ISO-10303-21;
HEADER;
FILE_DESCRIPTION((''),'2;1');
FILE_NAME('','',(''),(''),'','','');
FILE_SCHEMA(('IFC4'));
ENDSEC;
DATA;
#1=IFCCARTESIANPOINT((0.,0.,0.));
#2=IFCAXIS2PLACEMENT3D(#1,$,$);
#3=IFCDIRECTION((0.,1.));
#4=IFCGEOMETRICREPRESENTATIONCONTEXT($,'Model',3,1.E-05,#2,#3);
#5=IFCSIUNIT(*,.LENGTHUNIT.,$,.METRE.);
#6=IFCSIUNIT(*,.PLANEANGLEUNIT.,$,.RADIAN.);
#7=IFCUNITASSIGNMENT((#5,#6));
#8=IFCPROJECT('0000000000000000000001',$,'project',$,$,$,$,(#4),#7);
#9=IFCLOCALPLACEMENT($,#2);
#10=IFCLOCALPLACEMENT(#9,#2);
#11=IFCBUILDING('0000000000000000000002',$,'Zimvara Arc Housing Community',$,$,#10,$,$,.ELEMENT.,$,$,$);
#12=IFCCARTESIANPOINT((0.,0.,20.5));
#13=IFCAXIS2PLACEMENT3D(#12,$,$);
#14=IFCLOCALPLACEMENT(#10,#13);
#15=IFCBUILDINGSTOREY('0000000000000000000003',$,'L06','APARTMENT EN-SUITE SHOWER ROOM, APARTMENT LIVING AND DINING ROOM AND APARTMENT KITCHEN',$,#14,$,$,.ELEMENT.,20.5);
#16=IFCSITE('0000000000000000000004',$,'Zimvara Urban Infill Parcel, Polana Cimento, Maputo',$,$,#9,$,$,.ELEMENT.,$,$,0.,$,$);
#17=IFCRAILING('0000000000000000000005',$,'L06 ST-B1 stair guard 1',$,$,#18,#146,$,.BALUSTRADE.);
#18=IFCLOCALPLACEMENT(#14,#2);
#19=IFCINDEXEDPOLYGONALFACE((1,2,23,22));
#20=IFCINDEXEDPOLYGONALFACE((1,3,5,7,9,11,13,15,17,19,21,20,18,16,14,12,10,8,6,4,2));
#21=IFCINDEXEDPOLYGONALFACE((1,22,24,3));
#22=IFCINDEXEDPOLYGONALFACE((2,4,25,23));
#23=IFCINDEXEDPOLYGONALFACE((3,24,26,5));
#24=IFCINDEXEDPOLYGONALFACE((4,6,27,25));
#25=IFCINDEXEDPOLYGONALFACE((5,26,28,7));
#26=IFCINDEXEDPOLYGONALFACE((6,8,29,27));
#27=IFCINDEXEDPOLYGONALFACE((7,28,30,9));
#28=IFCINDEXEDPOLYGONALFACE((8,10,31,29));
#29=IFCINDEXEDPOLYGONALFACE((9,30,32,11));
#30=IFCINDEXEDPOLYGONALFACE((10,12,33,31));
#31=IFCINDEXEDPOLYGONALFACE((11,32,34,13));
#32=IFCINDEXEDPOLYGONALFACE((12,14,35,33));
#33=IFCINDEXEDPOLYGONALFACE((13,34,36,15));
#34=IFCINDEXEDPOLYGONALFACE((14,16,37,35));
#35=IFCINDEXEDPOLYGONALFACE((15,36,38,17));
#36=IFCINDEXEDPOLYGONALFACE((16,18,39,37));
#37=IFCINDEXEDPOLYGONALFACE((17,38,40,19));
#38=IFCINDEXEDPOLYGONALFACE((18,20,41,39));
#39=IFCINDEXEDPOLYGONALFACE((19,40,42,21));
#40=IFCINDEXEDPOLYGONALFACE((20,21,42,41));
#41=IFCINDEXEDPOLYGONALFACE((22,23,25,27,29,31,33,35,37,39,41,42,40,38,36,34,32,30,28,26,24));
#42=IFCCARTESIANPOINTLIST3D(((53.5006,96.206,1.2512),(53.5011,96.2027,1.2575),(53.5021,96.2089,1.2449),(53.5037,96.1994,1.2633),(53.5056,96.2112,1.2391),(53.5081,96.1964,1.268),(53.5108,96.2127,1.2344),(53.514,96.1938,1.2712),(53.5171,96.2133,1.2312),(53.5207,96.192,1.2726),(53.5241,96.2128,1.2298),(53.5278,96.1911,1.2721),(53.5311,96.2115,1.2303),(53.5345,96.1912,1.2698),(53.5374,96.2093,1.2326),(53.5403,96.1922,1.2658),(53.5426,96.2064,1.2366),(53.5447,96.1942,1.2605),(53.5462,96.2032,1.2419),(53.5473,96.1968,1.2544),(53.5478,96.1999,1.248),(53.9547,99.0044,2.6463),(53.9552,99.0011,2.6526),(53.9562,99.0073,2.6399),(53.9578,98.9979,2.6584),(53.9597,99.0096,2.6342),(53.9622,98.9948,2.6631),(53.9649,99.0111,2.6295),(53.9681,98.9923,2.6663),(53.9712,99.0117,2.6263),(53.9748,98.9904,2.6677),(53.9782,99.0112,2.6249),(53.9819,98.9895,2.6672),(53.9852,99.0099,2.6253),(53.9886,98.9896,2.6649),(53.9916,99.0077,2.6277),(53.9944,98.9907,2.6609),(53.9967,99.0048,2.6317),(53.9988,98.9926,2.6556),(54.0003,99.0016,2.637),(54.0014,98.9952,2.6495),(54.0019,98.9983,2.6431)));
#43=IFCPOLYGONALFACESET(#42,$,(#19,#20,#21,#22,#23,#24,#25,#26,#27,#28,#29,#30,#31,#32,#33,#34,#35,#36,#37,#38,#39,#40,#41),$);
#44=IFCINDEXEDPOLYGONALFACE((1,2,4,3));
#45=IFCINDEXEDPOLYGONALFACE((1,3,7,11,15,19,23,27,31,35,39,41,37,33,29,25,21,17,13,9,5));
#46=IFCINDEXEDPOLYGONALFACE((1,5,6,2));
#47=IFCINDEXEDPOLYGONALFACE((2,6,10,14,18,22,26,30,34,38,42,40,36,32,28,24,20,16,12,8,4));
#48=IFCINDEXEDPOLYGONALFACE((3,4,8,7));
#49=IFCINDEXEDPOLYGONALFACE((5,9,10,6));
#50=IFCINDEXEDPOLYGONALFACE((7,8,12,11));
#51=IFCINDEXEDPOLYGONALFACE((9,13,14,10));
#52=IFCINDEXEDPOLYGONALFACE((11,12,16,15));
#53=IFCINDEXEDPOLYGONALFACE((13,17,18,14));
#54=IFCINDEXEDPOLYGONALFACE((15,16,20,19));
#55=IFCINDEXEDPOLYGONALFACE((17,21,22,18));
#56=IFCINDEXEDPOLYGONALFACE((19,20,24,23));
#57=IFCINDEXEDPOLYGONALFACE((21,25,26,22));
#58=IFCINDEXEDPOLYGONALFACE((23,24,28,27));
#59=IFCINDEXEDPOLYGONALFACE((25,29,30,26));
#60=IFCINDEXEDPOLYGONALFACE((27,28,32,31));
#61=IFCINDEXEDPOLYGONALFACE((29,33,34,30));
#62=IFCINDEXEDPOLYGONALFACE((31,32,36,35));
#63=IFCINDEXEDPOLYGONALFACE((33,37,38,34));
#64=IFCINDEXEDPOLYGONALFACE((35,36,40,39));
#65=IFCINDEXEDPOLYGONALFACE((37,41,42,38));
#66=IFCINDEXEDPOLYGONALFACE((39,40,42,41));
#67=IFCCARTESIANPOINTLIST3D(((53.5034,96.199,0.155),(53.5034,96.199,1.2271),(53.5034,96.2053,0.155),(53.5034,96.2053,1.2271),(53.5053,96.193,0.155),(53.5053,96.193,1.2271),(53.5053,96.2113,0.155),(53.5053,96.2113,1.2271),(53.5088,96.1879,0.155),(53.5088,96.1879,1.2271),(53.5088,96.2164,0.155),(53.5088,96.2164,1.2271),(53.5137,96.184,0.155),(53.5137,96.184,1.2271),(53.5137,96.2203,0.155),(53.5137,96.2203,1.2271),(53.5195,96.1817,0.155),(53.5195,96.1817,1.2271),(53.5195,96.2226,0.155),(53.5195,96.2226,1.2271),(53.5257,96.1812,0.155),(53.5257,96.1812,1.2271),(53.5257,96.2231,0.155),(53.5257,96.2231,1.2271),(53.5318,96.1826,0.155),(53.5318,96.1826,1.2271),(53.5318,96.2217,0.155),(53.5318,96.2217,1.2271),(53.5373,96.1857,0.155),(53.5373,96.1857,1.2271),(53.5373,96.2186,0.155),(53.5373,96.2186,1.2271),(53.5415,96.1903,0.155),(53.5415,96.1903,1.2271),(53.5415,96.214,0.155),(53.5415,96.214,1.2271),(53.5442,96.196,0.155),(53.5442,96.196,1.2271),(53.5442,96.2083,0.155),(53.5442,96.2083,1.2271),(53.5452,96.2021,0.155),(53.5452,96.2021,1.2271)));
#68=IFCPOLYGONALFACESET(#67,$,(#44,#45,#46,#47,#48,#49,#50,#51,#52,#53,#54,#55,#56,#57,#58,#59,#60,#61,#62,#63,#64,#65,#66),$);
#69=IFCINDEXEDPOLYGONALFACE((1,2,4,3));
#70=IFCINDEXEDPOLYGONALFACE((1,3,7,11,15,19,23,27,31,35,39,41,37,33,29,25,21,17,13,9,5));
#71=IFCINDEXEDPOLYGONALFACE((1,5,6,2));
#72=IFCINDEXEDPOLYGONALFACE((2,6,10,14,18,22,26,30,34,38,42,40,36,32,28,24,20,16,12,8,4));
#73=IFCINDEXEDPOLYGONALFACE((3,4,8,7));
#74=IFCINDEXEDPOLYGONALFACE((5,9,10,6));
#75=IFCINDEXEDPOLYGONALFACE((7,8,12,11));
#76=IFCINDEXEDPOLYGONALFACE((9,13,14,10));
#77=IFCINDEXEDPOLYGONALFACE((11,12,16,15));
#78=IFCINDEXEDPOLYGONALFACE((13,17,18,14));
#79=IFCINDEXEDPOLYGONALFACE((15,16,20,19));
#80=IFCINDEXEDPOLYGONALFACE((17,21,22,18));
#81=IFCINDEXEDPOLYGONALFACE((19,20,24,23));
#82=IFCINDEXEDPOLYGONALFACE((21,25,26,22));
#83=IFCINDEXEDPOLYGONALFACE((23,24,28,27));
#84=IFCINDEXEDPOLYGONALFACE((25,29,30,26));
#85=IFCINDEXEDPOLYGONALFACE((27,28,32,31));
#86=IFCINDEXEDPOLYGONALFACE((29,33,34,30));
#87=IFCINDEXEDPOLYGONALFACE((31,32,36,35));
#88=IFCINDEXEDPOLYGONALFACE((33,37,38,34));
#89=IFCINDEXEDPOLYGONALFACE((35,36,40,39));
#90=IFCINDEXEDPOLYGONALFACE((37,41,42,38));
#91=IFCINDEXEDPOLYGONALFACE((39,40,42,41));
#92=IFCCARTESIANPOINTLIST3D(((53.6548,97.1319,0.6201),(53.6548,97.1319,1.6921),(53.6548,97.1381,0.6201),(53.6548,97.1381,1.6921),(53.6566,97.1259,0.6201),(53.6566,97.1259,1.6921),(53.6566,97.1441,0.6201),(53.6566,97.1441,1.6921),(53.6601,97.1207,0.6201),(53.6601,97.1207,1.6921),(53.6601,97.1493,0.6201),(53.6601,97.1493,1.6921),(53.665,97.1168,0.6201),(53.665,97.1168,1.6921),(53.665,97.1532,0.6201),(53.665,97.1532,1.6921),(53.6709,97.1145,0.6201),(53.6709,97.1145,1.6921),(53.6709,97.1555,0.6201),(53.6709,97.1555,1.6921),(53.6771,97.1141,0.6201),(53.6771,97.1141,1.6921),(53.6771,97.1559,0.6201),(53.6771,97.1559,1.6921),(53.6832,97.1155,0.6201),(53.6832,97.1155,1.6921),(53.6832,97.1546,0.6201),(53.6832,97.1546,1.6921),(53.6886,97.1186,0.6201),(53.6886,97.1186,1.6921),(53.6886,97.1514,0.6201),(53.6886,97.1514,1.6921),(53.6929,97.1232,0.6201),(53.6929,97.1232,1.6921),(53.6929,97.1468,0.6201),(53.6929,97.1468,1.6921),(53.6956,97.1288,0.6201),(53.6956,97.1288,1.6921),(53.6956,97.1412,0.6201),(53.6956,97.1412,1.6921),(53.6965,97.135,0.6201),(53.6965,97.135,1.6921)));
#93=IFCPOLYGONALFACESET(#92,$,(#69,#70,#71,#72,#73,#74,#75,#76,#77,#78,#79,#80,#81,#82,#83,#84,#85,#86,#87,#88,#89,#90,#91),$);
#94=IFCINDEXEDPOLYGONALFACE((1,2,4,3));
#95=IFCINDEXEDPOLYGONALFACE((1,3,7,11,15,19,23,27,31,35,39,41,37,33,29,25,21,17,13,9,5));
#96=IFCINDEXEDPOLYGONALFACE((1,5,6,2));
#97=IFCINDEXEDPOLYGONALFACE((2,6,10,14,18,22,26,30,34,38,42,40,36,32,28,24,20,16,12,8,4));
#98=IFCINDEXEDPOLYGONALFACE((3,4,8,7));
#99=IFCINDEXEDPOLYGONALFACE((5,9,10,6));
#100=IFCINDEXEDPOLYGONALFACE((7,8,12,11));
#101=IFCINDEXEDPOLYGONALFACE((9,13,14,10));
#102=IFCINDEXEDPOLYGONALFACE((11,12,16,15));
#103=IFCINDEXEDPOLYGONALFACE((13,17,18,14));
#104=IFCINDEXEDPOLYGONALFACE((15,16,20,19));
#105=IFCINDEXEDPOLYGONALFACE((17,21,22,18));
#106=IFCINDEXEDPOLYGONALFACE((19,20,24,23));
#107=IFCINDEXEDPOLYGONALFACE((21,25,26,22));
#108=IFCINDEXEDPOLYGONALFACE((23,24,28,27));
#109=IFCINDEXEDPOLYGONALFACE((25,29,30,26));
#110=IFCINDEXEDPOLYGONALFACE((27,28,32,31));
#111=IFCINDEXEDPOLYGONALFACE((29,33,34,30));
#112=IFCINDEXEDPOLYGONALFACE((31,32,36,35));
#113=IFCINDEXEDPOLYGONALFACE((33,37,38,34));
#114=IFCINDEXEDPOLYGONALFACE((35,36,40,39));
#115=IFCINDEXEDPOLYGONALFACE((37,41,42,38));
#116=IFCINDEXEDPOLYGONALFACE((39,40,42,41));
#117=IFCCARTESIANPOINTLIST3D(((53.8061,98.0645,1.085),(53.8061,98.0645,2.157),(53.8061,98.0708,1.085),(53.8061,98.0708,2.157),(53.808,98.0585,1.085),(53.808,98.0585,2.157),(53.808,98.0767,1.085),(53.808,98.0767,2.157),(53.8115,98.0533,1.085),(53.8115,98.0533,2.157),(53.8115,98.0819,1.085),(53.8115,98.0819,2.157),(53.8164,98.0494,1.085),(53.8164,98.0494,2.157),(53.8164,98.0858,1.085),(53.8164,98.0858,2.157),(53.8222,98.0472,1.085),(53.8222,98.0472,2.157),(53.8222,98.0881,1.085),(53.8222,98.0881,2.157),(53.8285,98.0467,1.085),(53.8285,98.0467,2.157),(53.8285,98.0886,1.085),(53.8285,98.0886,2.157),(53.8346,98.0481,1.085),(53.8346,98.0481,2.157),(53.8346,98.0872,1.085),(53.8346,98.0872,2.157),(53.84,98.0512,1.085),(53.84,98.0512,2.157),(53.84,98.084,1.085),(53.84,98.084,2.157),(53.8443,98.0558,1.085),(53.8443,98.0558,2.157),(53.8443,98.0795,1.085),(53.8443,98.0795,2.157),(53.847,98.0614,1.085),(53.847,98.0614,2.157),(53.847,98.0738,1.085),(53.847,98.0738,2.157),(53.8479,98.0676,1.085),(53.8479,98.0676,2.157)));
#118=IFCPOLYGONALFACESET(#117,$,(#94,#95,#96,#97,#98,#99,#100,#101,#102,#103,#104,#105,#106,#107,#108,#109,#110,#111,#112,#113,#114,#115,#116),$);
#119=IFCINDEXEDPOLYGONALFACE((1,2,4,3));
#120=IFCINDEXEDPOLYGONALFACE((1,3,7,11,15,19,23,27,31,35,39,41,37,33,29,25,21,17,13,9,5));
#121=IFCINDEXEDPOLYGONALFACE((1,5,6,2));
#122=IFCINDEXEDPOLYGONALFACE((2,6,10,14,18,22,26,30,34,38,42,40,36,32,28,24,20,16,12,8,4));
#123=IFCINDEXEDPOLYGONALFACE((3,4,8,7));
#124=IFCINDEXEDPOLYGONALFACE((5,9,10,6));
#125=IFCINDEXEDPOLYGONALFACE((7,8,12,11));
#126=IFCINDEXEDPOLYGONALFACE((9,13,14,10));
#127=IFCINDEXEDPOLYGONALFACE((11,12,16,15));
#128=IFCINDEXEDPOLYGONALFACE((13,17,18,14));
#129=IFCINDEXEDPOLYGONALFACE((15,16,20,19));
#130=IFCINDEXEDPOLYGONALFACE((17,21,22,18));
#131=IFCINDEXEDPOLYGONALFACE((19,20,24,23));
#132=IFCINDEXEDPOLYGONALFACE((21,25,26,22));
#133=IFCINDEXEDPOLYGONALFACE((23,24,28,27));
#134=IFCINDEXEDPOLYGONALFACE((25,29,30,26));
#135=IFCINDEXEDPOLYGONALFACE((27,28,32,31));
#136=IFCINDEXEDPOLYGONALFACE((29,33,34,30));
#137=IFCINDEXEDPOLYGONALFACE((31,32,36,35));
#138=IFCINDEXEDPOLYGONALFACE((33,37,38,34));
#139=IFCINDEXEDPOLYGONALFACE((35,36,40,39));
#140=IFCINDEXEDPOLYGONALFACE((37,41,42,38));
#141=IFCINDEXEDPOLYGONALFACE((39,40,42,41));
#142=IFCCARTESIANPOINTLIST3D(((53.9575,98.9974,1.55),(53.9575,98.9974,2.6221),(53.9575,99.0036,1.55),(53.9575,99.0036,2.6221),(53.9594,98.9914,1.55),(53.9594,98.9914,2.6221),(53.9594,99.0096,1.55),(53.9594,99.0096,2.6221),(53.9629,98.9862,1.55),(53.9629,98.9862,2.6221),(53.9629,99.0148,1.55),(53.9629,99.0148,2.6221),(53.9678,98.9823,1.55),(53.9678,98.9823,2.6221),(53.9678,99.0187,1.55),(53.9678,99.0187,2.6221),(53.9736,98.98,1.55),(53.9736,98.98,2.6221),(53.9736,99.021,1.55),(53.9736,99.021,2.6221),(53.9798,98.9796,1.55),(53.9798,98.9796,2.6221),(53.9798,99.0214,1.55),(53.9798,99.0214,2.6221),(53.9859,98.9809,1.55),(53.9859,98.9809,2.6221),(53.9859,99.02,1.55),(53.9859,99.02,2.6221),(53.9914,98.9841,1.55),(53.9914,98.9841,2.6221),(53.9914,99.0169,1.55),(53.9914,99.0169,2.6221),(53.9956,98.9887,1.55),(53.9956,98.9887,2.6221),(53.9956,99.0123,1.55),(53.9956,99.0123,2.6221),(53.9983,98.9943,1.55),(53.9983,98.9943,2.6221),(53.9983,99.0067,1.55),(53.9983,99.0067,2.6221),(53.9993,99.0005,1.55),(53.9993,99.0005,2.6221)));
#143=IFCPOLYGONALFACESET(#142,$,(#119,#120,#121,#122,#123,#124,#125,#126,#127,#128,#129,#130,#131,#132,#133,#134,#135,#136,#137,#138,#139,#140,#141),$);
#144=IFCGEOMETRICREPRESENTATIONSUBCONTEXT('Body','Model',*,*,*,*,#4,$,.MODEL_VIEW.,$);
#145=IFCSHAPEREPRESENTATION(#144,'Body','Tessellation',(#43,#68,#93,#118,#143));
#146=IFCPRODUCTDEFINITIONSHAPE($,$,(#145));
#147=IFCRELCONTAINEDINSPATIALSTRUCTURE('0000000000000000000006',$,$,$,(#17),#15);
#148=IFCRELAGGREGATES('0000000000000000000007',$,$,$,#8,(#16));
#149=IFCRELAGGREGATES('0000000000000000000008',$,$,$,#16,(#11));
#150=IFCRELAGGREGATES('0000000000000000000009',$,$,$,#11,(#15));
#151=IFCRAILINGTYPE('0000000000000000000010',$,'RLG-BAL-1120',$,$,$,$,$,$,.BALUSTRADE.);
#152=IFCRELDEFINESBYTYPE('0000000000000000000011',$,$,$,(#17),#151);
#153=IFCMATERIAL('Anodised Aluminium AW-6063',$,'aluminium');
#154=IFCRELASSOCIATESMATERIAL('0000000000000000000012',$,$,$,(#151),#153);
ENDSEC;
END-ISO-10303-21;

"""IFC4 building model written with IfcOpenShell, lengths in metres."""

from ifc_helpers import new_model, si_unit, direction, frame, origin, origin_2d, place, context, subcontext, project, spatial, circle, extrude, material, type_object, element, save


model = new_model("IFC4")

# Units and contexts
model_context = context("Model", 3, precision=1e-05, world=origin(), true_north=direction((0.0, 1.0)))
body_context = subcontext(model_context, "Body", "Model", "MODEL_VIEW")
ifc_project = project(units=[si_unit("LENGTHUNIT", "METRE"), si_unit("PLANEANGLEUNIT", "RADIAN")], contexts=[model_context])

# Site, building, storey
site_placement = place(None, origin())
site = spatial("IfcSite", under=ifc_project, at=site_placement, Name="Zimvara Urban Infill Parcel, Polana Cimento, Maputo", CompositionType="ELEMENT", RefElevation=0.0)
building_placement = place(site_placement, origin())
building = spatial("IfcBuilding", under=site, at=building_placement, Name="Zimvara Arc Housing Community", CompositionType="ELEMENT")
storey_placement = place(building_placement, frame((0.0, 0.0, 20.5)))
storey = spatial("IfcBuildingStorey", under=building, at=storey_placement, Name="L06", Description="APARTMENT EN-SUITE SHOWER ROOM, APARTMENT LIVING AND DINING ROOM AND APARTMENT KITCHEN", CompositionType="ELEMENT", Elevation=20.5)

# Railing
ifc_material_1 = material(Name="Anodised Aluminium AW-6063", Category="aluminium")
railing_type_1 = type_object("IfcRailingType", Name="RLG-BAL-1120", PredefinedType="BALUSTRADE", material=ifc_material_1)
railing_1_placement = place(storey_placement, frame((53.5242, 96.2021, 0.155)))
element("IfcRailing", 1, at=railing_1_placement, inside=storey, type_object=railing_type_1, Name="L06 ST-B1 stair guard 1", PredefinedType="BALUSTRADE", context=body_context, shape_type="SweptSolid", body=[
    extrude(circle(Radius=0.0239, at=origin_2d()), frame((0.0, 0.0, 1.0962), z_axis=(0.143722, 0.885666, 0.44152), x_axis=(-0.987088, 0.16018, 0.0)), (0.0, 0.0, 1.0), 3.1597),
    extrude(circle(Radius=0.021, at=origin_2d()), origin(), (0.0, 0.0, 1.0), 1.072),
    extrude(circle(Radius=0.021, at=origin_2d()), frame((0.1514, 0.9329, 0.4651)), (0.0, 0.0, 1.0), 1.072),
    extrude(circle(Radius=0.021, at=origin_2d()), frame((0.3027, 1.8655, 0.9299)), (0.0, 0.0, 1.0), 1.072),
    extrude(circle(Radius=0.021, at=origin_2d()), frame((0.4541, 2.7983, 1.395)), (0.0, 0.0, 1.0), 1.072),
])

save(model, "model.ifc")
